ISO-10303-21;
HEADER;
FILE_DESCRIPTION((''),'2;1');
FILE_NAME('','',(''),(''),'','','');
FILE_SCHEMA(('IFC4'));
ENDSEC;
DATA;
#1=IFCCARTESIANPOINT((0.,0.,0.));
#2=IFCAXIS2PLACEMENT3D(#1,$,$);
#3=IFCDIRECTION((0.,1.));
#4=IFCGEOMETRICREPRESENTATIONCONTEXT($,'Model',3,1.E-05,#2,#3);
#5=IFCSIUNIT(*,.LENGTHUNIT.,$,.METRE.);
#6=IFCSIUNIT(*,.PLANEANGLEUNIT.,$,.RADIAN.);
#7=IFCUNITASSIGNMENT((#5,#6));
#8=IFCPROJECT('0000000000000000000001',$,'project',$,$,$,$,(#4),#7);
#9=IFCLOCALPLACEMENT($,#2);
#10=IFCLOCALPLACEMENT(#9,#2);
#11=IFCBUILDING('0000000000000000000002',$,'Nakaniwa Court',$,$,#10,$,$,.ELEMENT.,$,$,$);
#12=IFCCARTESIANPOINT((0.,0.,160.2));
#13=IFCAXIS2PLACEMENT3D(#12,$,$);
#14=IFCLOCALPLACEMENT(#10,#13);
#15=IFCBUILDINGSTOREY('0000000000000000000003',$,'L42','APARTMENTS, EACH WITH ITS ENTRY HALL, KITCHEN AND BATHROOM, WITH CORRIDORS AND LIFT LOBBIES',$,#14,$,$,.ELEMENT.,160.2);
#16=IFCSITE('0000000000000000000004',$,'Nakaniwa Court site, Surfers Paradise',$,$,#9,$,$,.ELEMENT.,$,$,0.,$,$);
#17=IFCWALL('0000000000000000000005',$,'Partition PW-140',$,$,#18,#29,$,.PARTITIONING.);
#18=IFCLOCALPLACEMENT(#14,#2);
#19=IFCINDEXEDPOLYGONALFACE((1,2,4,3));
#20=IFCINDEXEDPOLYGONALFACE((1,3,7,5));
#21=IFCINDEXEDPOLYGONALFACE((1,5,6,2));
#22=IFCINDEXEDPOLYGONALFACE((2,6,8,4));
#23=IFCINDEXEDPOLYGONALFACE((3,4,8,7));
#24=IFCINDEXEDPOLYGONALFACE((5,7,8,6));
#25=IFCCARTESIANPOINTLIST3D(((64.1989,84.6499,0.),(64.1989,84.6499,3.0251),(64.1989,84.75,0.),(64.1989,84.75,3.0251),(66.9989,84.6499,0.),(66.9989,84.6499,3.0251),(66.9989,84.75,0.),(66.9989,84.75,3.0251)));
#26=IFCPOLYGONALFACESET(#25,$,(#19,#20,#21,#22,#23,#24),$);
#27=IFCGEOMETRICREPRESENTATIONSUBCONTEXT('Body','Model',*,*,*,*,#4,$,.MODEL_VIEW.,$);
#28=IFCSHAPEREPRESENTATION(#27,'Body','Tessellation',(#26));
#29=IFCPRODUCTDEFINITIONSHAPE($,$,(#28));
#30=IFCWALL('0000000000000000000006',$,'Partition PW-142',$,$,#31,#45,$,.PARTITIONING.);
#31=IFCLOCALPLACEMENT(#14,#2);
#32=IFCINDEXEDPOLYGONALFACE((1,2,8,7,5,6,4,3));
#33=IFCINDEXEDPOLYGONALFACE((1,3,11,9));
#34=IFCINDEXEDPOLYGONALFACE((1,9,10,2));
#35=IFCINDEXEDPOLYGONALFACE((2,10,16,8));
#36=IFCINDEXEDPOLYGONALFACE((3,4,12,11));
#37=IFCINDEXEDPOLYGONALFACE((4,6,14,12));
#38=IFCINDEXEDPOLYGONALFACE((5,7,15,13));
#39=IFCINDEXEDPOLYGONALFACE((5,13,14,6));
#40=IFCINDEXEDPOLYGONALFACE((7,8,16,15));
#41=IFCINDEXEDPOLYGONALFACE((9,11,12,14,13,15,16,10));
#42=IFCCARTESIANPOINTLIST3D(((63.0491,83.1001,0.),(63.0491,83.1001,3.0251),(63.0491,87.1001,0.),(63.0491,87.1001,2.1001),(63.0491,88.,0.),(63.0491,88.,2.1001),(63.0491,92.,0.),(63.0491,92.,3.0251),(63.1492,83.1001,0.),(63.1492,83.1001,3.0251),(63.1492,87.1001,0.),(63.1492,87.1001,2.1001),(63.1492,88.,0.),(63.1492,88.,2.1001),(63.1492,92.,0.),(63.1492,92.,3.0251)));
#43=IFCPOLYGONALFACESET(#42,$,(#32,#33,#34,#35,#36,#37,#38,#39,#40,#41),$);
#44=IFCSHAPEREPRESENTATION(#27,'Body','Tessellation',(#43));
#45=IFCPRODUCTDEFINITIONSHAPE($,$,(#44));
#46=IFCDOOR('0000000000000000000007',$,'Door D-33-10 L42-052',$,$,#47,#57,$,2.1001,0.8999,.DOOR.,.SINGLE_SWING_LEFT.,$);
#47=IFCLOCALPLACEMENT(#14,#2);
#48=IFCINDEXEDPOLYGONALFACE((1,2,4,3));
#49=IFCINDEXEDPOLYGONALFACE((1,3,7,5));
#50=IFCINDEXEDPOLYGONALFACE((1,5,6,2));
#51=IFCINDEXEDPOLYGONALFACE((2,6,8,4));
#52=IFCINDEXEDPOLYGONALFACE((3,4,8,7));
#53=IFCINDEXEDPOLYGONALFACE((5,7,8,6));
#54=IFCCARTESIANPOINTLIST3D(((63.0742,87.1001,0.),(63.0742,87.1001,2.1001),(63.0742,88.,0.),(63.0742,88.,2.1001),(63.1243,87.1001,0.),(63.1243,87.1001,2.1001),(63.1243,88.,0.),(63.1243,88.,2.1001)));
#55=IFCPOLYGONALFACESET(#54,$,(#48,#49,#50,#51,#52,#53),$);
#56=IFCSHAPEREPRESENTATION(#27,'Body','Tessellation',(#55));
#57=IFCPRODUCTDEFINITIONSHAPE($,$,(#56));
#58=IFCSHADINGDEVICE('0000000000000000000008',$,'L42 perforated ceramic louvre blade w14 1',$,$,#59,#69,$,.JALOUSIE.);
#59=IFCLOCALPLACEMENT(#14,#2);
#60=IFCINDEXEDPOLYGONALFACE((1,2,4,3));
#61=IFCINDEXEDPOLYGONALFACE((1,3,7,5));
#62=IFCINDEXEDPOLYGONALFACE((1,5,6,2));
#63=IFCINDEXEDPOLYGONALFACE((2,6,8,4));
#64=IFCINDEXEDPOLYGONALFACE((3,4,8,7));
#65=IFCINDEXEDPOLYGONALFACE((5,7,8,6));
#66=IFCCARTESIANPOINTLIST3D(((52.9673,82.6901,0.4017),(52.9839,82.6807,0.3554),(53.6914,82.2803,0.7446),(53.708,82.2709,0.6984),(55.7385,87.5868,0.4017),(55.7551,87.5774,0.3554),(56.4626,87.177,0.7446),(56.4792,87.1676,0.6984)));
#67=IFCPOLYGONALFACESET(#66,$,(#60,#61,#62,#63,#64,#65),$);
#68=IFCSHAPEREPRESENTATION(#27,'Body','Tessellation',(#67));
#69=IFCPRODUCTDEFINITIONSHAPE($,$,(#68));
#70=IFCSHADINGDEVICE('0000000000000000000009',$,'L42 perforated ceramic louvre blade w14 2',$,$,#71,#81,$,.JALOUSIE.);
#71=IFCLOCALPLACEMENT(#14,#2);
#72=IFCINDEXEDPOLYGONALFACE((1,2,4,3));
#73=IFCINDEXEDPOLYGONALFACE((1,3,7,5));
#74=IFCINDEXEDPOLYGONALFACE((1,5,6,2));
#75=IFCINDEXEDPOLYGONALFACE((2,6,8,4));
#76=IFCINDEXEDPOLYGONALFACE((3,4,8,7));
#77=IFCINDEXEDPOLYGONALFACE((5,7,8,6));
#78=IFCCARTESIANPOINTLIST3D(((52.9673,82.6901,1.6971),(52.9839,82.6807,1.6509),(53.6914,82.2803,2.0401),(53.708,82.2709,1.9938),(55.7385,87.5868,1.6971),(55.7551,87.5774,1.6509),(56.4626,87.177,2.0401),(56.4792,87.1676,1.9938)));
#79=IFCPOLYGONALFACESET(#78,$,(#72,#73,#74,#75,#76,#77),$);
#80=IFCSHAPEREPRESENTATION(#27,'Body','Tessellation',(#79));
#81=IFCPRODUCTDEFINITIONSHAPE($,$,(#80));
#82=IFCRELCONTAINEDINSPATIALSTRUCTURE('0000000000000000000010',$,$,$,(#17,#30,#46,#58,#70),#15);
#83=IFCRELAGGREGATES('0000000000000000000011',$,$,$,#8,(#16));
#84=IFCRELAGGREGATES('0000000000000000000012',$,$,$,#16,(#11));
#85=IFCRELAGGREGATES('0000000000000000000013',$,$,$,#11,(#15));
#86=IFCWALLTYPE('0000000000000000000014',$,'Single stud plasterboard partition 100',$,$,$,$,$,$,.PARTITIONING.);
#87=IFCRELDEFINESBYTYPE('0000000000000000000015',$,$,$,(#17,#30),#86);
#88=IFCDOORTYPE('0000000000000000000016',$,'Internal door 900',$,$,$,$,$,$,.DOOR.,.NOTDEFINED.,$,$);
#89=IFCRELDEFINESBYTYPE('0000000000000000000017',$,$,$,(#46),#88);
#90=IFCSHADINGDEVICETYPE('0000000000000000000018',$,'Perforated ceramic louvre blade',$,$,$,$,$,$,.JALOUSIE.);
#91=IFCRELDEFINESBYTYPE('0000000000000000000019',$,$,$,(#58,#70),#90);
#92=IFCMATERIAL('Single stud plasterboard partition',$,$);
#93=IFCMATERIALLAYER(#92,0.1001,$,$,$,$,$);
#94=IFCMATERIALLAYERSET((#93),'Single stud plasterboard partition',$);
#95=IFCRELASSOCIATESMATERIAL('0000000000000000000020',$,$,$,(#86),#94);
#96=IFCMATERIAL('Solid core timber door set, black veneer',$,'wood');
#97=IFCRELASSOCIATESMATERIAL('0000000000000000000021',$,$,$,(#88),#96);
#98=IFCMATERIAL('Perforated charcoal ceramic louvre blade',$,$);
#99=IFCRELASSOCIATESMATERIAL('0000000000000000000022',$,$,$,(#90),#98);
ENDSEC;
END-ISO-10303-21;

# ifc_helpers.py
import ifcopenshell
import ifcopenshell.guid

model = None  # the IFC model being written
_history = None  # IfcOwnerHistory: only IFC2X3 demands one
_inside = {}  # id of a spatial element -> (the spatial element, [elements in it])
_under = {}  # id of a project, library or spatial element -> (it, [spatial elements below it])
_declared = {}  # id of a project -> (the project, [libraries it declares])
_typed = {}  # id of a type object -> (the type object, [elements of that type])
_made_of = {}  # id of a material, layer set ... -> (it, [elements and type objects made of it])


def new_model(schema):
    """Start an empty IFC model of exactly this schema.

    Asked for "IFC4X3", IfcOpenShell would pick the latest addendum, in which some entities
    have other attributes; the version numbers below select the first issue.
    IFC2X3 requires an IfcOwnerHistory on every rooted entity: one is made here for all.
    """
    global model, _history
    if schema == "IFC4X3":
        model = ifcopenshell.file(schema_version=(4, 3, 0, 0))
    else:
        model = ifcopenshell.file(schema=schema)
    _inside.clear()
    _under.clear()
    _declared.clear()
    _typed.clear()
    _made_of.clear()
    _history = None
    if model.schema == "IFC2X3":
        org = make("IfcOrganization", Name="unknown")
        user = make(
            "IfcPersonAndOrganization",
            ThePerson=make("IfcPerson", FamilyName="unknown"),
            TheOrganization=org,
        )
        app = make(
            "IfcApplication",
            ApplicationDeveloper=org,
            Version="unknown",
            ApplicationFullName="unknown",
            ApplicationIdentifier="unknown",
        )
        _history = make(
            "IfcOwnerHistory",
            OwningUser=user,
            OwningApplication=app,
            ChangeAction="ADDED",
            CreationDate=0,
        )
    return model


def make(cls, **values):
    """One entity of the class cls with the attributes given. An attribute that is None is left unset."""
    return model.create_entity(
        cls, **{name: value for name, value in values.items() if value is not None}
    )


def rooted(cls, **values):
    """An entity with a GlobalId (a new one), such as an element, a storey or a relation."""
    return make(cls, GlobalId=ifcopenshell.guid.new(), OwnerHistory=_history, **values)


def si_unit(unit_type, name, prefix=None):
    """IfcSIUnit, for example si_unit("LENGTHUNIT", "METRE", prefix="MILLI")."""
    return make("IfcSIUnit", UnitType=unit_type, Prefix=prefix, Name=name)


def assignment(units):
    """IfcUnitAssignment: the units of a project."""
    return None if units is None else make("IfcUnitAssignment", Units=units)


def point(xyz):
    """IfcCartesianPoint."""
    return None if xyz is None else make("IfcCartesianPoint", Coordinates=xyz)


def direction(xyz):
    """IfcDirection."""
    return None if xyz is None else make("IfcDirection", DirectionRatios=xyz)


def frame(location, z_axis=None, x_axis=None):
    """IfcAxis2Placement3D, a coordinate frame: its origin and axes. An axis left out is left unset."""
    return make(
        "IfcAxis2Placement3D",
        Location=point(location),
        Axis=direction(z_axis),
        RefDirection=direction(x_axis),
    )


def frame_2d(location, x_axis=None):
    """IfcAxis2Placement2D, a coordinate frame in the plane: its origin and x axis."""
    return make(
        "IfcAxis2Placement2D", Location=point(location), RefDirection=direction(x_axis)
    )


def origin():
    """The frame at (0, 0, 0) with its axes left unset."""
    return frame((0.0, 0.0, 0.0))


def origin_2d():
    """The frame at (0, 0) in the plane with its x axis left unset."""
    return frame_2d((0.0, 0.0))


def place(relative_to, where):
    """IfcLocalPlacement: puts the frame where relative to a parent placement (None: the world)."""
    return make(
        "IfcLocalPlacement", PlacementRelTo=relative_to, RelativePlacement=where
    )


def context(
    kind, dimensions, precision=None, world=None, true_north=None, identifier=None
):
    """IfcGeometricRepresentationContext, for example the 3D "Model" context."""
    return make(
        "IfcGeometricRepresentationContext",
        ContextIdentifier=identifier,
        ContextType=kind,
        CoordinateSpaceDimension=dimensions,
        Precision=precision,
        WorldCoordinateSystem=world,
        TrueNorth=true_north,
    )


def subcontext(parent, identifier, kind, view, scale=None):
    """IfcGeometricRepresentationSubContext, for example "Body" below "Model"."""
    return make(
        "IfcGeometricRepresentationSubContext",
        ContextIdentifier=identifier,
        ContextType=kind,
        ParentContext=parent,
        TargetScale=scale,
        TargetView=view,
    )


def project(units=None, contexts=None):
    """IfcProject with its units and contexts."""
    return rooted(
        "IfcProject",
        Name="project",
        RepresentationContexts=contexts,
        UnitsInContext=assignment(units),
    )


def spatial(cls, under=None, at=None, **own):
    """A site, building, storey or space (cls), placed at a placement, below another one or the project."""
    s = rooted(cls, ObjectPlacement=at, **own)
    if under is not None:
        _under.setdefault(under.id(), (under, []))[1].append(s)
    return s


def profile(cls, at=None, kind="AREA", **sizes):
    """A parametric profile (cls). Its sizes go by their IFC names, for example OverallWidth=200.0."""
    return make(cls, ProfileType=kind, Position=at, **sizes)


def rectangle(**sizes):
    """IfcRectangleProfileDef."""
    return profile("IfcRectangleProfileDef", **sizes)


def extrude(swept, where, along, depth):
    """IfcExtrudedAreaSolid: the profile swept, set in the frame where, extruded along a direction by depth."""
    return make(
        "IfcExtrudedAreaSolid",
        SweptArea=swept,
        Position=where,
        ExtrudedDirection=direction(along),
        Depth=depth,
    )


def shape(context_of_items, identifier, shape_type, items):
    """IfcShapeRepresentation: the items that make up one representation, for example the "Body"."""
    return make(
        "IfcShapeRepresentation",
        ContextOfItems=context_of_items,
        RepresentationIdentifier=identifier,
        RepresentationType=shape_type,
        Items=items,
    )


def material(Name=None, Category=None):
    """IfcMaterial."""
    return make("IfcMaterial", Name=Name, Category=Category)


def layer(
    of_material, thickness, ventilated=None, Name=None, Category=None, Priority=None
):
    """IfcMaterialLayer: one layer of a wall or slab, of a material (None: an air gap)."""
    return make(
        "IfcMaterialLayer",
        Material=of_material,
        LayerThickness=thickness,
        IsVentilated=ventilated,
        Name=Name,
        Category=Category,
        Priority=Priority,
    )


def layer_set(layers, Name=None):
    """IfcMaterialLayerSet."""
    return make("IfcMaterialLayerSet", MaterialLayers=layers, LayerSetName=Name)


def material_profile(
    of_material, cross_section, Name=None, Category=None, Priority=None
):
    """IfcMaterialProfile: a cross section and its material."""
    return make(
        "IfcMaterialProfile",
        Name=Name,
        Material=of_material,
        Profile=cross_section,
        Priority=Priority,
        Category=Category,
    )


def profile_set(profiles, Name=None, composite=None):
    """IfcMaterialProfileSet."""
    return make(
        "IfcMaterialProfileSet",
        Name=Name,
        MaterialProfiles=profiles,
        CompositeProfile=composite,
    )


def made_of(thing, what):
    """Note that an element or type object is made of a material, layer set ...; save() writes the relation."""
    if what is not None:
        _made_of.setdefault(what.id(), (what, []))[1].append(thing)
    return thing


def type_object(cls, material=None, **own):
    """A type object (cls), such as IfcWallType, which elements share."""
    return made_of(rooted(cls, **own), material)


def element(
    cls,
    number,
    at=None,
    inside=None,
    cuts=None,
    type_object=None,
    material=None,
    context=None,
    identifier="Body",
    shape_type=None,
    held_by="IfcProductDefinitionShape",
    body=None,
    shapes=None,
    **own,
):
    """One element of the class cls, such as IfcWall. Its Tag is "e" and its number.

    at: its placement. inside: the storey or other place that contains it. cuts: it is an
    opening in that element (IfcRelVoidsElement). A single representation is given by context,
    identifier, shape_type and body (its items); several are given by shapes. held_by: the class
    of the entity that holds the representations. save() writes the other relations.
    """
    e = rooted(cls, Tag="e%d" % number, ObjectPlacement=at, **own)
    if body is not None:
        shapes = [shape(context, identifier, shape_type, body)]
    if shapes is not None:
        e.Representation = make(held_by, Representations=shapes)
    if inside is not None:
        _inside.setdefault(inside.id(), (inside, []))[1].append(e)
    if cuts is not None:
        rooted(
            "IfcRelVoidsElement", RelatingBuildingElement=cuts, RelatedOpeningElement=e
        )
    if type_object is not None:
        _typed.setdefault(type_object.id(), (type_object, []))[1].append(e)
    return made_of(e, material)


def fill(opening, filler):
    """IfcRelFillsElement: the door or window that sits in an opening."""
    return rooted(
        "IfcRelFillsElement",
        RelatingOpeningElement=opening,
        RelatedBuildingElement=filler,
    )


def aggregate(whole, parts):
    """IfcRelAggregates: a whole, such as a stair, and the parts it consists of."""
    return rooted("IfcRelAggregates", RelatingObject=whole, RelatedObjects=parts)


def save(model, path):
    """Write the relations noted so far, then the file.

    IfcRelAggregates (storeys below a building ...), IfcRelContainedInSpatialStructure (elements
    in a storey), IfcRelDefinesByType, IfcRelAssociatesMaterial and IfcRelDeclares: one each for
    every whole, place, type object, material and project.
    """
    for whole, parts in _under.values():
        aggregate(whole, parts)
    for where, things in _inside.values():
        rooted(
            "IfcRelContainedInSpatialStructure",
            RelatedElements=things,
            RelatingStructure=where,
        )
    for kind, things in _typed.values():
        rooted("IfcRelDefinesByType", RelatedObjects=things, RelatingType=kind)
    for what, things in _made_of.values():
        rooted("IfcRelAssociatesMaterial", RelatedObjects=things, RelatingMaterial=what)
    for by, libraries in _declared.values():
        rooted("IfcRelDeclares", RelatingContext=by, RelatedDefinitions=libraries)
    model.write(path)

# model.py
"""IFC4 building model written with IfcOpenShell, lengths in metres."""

from ifc_helpers import new_model, si_unit, direction, frame, frame_2d, origin, origin_2d, place, context, subcontext, project, spatial, rectangle, extrude, material, layer, layer_set, material_profile, profile_set, type_object, element, fill, save


model = new_model("IFC4")

# Units and contexts
model_context = context("Model", 3, precision=1e-05, world=origin(), true_north=direction((0.0, 1.0)))
body_context = subcontext(model_context, "Body", "Model", "MODEL_VIEW")
ifc_project = project(units=[si_unit("LENGTHUNIT", "METRE"), si_unit("PLANEANGLEUNIT", "RADIAN")], contexts=[model_context])

# Site, building, storey
site_placement = place(None, origin())
site = spatial("IfcSite", under=ifc_project, at=site_placement, Name="Nakaniwa Court site, Surfers Paradise", CompositionType="ELEMENT", RefElevation=0.0)
building_placement = place(site_placement, origin())
building = spatial("IfcBuilding", under=site, at=building_placement, Name="Nakaniwa Court", CompositionType="ELEMENT")
storey_placement = place(building_placement, frame((0.0, 0.0, 160.2)))
storey = spatial("IfcBuildingStorey", under=building, at=storey_placement, Name="L42", Description="APARTMENTS, EACH WITH ITS ENTRY HALL, KITCHEN AND BATHROOM, WITH CORRIDORS AND LIFT LOBBIES", CompositionType="ELEMENT", Elevation=160.2)

# Shared definitions
ifc_material_1 = material(Name="Solid core timber door set, black veneer", Category="wood")

# Shared definitions
ifc_material_2 = material(Name="Single stud plasterboard partition")
ifc_layer_1 = layer(ifc_material_2, 0.1001)
ifc_layer_set_1 = layer_set([ifc_layer_1], Name="Single stud plasterboard partition")
wall_type_1 = type_object("IfcWallType", Name="Single stud plasterboard partition 100", PredefinedType="PARTITIONING", material=ifc_layer_set_1)

# Shared definitions
door_type_1 = type_object("IfcDoorType", Name="Internal door 900", OperationType="NOTDEFINED", PredefinedType="DOOR", material=ifc_material_1)

# Wall
for number, where, z_axis, x_axis, name in (
    (1, (64.199, 84.7, 0.0), (0.0, 0.0, 1.0), (1.0, 0.0, 0.0), "Partition PW-140"),
):
    element("IfcWall", number, at=place(storey_placement, frame(where, z_axis=z_axis, x_axis=x_axis)), inside=storey, type_object=wall_type_1, Name=name, PredefinedType="PARTITIONING", context=body_context, shape_type="SweptSolid", body=[
        extrude(rectangle(XDim=2.8, YDim=0.1001, at=frame_2d((1.3999, 0.0))), origin(), (0.0, 0.0, 1.0), 3.0251),
    ])

# Wall, opening, door
wall_1_placement = place(storey_placement, frame((63.0991, 83.1001, 0.0), z_axis=(0.0, 0.0, 1.0), x_axis=(0.0, 1.0, 0.0)))
wall_1 = element("IfcWall", 2, at=wall_1_placement, inside=storey, type_object=wall_type_1, Name="Partition PW-142", PredefinedType="PARTITIONING", context=body_context, shape_type="SweptSolid", body=[
    extrude(rectangle(XDim=8.8999, YDim=0.1001, at=frame_2d((4.45, 0.0))), origin(), (0.0, 0.0, 1.0), 3.0251),
])
opening_1_placement = place(wall_1_placement, frame((4.0, 0.0, 0.0)))
opening_1 = element("IfcOpeningElement", 3, at=opening_1_placement, cuts=wall_1, PredefinedType="OPENING", context=body_context, shape_type="SweptSolid", body=[
    extrude(rectangle(XDim=0.8999, YDim=2.1001, at=frame_2d((0.45, 1.05))), frame((0.0, 0.0601, 0.0), z_axis=(0.0, -1.0, 0.0), x_axis=(1.0, 0.0, 0.0)), (0.0, 0.0, 1.0), 0.1201),
])
door_1_placement = place(opening_1_placement, origin())
door_1 = element("IfcDoor", 4, at=door_1_placement, inside=storey, type_object=door_type_1, Name="Door D-33-10 L42-052", OperationType="SINGLE_SWING_LEFT", OverallHeight=2.1001, OverallWidth=0.8999, PredefinedType="DOOR", context=body_context, shape_type="SweptSolid", body=[
    extrude(rectangle(XDim=0.8999, YDim=2.1001, at=frame_2d((0.45, 1.05))), frame((0.0, 0.0249, 0.0), z_axis=(0.0, -1.0, 0.0), x_axis=(1.0, 0.0, 0.0)), (0.0, 0.0, 1.0), 0.05),
])
fill(opening_1, door_1)

# Shading devices
ifc_material_3 = material(Name="Perforated charcoal ceramic louvre blade")
ifc_material_profile_1 = material_profile(ifc_material_3, rectangle(XDim=0.8999, YDim=0.05, at=origin_2d()), Name="Perforated ceramic louvre blade")
ifc_profile_set_1 = profile_set([ifc_material_profile_1], Name="Perforated charcoal ceramic louvre blade")
shading_device_type = type_object("IfcShadingDeviceType", Name="Perforated ceramic louvre blade", PredefinedType="JALOUSIE", material=ifc_profile_set_1)
for number, where, z_axis, x_axis, name in (
    (5, (56.1089, 87.3772, 0.55), (-0.492532, -0.870294, 0.0), (0.804627, -0.455368, 0.38107), "L42 perforated ceramic louvre blade w14 1"),
    (6, (56.1089, 87.3772, 1.8455), (-0.492532, -0.870294, 0.0), (0.804627, -0.455368, 0.38107), "L42 perforated ceramic louvre blade w14 2"),
):
    element("IfcShadingDevice", number, at=place(storey_placement, frame(where, z_axis=z_axis, x_axis=x_axis)), inside=storey, type_object=shading_device_type, Name=name, PredefinedType="JALOUSIE", context=body_context, shape_type="SweptSolid", body=[
        extrude(rectangle(XDim=0.8999, YDim=0.05, at=origin_2d()), origin(), (0.0, 0.0, 1.0), 5.6265),
    ])

save(model, "model.ifc")
